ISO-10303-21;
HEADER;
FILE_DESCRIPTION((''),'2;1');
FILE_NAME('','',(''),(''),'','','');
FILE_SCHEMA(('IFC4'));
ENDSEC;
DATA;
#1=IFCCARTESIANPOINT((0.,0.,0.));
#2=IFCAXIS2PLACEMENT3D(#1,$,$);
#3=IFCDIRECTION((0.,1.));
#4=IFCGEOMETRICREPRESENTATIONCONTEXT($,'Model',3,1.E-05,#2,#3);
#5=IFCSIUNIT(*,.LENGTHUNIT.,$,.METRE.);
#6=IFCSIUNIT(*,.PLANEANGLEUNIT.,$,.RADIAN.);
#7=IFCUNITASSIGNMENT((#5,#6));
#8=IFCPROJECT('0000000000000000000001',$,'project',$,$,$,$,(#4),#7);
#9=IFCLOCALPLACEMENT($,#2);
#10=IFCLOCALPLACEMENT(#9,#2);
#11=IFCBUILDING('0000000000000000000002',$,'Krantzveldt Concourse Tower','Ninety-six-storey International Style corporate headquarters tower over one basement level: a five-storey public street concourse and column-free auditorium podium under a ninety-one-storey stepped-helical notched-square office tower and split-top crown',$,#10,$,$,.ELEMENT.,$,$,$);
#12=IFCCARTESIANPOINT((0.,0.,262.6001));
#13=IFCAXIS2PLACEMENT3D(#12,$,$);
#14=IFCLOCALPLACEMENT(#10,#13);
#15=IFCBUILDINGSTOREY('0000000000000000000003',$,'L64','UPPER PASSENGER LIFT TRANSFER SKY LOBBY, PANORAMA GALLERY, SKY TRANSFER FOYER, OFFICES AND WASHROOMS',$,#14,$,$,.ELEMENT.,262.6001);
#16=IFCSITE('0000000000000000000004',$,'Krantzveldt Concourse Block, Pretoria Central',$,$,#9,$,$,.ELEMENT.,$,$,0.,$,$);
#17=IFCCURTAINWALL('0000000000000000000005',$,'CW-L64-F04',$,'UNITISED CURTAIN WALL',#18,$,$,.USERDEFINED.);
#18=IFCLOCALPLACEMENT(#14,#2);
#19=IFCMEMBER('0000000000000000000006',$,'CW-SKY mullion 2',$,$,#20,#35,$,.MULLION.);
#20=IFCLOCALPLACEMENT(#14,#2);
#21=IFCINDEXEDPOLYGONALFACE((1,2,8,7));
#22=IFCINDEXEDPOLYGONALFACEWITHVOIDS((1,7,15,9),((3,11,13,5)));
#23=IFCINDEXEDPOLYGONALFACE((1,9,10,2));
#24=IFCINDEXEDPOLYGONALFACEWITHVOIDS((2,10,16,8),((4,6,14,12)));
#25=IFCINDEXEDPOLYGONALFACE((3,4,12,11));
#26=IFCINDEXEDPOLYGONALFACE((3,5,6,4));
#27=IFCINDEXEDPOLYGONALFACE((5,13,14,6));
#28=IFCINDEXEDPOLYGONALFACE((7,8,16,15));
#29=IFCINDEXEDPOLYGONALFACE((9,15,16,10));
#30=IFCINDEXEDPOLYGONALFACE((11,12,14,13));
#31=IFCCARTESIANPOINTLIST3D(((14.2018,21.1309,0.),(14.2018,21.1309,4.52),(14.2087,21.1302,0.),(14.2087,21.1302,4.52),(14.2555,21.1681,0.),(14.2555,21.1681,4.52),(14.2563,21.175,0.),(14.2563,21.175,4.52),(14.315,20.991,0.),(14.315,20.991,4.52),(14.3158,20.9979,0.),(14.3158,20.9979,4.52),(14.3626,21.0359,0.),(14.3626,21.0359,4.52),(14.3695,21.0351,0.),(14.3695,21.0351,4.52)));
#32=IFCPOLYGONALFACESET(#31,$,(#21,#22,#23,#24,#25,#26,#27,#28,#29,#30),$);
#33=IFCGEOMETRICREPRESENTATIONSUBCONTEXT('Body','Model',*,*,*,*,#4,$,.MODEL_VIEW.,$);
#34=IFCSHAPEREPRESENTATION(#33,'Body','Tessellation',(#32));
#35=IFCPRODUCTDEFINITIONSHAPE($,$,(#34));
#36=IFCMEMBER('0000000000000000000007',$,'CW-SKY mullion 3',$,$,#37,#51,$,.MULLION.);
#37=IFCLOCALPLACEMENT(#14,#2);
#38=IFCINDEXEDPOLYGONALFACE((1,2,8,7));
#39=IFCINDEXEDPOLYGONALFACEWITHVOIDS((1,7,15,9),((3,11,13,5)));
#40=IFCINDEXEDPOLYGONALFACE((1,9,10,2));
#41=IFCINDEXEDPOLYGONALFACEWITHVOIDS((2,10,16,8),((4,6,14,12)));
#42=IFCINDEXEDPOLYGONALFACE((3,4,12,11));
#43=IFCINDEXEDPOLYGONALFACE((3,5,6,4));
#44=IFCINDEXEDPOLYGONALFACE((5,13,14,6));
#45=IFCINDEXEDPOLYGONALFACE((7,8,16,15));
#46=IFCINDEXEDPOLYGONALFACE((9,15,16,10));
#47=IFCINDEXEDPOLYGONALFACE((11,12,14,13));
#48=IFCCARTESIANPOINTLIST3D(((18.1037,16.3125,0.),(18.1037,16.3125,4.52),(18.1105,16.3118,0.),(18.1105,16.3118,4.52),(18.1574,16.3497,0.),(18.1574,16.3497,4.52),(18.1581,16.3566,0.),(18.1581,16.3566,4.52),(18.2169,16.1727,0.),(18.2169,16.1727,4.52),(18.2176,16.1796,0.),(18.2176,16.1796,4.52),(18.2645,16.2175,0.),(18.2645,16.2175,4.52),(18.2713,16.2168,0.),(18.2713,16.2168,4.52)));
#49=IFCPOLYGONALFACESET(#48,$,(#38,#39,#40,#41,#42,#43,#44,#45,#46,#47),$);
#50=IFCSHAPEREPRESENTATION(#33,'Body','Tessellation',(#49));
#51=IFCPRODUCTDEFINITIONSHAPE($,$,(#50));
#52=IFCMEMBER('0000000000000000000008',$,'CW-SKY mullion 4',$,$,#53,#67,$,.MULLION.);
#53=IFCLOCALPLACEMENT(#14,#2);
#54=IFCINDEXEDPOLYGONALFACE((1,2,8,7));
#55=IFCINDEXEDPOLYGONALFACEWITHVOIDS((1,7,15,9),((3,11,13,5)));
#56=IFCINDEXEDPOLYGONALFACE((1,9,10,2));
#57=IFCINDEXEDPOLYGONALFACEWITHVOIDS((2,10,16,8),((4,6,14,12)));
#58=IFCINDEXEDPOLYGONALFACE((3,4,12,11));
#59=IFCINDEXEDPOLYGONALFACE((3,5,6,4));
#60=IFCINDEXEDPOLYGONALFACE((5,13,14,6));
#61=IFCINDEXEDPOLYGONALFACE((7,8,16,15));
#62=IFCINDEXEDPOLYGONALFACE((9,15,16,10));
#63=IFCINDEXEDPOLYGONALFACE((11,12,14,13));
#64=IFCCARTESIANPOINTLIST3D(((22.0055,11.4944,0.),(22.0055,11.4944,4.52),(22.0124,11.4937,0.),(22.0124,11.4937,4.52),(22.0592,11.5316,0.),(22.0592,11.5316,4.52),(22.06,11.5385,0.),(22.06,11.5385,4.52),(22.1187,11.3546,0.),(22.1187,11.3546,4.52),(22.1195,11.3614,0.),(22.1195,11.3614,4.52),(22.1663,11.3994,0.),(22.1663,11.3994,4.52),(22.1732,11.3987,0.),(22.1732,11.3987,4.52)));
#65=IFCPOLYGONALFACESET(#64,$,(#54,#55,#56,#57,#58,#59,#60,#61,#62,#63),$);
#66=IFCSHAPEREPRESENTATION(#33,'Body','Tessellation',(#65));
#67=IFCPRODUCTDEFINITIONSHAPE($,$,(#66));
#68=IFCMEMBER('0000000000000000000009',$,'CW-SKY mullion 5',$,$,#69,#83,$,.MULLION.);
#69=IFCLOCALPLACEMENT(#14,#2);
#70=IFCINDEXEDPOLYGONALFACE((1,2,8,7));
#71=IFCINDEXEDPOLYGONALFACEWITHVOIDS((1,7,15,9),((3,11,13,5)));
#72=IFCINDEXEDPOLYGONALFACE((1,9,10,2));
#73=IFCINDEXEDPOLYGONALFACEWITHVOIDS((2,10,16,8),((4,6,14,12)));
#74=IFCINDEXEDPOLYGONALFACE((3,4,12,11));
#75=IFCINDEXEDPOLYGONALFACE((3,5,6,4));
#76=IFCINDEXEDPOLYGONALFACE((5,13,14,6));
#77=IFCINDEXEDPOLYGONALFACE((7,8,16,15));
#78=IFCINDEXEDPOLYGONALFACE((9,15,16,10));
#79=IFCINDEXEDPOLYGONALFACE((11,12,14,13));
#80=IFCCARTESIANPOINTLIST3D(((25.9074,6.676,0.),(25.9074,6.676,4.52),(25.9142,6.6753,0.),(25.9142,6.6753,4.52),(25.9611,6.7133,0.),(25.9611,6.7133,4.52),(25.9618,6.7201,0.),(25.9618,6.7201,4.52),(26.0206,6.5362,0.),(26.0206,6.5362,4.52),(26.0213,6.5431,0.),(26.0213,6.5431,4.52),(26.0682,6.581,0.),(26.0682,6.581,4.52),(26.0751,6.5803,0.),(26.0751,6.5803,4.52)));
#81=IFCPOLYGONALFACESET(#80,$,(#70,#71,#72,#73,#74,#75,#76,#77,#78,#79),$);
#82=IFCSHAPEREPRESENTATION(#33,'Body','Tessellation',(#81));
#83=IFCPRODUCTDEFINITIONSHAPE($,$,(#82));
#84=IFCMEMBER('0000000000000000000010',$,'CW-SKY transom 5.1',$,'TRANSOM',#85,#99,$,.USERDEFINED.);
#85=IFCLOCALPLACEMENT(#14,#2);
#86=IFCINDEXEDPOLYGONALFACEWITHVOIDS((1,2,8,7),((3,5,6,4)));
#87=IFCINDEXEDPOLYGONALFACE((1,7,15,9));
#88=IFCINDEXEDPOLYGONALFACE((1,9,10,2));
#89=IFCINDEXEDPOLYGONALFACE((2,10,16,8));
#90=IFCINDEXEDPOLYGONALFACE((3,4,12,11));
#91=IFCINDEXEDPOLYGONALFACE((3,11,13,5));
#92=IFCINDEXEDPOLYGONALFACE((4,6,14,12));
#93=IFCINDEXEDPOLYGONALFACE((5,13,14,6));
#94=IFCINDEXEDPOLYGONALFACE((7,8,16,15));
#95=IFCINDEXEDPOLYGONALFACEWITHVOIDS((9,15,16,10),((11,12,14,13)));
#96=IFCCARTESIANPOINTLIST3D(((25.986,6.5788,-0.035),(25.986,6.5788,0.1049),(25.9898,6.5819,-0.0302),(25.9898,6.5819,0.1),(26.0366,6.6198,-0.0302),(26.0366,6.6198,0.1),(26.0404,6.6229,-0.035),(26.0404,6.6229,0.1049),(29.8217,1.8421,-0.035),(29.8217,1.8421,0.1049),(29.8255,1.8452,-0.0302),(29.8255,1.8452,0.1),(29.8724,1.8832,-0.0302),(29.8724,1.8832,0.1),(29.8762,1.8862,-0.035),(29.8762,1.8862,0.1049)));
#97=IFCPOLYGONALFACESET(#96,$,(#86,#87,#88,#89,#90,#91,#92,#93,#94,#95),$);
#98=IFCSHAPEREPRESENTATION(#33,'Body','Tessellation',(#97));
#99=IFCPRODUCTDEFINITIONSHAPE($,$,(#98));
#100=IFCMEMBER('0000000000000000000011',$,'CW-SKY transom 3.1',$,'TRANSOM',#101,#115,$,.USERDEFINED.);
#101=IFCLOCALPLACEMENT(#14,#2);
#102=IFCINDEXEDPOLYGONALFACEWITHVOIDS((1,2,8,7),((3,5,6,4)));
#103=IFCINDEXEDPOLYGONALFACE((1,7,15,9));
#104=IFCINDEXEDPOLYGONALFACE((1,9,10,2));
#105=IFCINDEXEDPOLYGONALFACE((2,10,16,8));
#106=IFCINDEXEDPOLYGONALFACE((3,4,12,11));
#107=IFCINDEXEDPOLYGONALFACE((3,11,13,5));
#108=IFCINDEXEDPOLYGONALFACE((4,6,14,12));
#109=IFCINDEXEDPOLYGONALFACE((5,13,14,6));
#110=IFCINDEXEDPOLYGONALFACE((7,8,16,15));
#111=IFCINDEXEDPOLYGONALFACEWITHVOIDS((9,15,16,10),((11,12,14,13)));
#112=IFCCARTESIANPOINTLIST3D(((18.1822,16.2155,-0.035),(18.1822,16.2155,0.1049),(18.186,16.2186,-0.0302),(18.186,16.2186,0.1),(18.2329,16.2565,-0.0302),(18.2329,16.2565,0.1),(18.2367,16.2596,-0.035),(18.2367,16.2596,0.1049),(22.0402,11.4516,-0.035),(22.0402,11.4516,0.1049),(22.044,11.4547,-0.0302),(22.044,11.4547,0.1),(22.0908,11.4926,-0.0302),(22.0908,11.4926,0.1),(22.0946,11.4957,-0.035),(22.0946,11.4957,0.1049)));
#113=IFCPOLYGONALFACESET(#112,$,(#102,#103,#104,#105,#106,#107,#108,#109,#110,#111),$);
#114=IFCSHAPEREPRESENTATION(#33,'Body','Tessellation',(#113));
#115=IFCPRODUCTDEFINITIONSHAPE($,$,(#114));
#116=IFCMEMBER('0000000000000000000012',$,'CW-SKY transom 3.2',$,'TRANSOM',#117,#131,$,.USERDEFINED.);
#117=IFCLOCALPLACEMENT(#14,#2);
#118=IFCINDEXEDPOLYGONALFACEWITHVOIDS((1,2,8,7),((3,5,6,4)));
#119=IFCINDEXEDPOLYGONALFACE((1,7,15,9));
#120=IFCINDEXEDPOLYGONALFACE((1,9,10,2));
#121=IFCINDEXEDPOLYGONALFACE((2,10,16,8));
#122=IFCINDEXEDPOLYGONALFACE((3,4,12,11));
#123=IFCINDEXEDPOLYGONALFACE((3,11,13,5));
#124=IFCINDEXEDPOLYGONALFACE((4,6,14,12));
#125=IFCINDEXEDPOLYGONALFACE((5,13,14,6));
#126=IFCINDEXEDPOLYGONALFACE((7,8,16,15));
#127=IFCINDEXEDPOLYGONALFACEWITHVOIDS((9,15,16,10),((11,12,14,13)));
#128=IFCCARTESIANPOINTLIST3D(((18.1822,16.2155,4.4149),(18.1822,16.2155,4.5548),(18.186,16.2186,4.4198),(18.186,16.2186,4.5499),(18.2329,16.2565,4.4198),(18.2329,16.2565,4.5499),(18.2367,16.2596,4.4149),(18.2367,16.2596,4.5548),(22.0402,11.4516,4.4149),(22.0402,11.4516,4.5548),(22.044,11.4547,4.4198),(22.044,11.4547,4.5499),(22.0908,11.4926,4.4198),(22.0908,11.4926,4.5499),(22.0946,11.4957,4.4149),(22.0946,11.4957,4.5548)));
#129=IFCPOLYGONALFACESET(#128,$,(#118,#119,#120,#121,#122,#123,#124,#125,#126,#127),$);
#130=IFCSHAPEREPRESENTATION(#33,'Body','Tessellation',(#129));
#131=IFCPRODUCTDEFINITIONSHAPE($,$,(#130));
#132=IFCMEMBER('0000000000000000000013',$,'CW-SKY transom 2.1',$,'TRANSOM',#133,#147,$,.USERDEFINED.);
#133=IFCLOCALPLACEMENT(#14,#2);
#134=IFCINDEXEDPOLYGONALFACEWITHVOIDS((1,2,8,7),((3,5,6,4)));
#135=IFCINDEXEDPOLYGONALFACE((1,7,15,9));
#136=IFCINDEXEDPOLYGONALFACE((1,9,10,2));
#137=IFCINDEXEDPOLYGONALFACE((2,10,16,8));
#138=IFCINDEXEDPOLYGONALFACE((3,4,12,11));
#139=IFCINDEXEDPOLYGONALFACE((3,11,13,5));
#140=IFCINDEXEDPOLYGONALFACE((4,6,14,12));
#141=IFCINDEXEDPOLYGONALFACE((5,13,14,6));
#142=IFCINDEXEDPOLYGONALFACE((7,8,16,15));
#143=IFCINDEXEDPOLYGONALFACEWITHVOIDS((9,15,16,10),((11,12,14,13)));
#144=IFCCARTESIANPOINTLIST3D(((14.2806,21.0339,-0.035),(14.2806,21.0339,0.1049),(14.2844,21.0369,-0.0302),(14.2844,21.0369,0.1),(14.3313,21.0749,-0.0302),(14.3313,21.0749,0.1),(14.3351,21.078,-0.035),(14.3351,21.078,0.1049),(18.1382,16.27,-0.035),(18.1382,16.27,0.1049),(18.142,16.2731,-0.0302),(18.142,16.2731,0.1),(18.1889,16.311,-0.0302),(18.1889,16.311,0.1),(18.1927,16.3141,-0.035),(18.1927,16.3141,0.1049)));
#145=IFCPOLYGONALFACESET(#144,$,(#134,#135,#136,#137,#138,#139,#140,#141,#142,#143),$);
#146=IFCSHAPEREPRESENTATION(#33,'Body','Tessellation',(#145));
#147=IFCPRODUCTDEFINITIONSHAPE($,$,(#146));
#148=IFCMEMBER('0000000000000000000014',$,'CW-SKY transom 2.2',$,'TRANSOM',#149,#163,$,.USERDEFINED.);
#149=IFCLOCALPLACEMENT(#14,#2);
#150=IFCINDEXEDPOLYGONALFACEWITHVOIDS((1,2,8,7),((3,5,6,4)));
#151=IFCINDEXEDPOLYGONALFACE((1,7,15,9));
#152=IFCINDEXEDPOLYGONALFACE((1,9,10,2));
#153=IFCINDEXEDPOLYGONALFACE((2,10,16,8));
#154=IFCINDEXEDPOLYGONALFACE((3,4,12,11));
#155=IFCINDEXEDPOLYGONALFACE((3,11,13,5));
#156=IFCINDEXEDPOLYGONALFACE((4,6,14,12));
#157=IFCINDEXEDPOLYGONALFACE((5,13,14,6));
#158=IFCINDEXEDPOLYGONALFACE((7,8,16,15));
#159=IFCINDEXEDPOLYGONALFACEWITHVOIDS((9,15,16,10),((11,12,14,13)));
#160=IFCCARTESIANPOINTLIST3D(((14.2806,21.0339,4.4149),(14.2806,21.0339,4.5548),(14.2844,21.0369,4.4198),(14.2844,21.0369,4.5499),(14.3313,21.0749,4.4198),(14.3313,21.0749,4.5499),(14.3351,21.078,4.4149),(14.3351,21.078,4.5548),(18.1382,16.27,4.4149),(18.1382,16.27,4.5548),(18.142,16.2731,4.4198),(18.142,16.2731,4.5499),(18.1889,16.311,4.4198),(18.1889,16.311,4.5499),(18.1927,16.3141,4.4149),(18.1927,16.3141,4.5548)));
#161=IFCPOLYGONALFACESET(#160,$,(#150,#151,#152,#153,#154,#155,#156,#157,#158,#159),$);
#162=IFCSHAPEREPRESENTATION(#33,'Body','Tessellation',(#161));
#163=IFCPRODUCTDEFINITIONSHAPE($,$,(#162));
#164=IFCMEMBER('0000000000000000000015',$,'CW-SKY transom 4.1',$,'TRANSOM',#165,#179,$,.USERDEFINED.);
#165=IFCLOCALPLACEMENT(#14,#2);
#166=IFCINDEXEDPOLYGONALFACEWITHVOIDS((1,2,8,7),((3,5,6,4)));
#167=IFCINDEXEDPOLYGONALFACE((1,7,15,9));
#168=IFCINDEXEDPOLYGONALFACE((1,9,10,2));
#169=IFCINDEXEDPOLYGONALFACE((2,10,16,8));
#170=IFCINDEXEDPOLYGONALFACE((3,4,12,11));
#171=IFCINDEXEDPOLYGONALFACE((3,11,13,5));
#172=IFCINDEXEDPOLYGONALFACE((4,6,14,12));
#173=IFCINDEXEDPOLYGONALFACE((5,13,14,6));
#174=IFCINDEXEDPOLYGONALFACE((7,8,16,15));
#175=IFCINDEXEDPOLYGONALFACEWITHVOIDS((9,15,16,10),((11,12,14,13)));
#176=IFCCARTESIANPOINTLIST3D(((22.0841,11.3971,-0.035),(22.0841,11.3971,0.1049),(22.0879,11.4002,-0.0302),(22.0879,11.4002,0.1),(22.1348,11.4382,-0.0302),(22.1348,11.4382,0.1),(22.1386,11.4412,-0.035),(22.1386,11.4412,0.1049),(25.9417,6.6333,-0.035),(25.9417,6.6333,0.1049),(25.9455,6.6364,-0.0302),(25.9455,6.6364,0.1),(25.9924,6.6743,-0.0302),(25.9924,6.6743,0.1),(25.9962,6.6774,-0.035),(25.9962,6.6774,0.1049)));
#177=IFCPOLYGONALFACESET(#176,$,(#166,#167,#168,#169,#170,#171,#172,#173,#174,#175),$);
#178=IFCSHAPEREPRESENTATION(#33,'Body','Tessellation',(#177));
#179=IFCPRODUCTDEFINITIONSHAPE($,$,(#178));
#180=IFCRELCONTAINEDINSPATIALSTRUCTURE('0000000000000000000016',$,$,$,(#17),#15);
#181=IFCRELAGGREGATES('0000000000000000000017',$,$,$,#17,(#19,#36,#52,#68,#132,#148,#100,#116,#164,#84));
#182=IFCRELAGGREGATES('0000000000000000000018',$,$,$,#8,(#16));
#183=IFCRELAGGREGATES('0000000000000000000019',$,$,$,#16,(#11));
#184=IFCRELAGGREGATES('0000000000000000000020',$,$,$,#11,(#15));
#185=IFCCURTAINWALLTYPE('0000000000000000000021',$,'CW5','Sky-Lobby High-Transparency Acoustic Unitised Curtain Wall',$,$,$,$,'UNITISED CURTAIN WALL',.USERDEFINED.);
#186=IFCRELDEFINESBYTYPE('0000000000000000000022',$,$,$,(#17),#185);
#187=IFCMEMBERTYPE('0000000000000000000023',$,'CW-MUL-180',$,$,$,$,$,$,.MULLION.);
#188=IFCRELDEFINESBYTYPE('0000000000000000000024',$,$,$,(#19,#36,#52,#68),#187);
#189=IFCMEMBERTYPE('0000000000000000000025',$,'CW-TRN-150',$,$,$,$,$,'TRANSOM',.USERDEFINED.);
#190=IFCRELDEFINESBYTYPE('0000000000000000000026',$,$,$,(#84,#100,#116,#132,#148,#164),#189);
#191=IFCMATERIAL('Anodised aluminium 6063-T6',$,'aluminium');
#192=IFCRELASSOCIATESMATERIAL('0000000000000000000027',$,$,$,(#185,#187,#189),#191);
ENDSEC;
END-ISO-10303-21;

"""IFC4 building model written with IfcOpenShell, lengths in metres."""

from ifc_helpers import new_model, si_unit, direction, frame, origin, origin_2d, place, context, subcontext, project, spatial, hollow_rectangle, extrude, source, transform, mapped, material, material_profile, profile_set, type_object, type_shapes, element, aggregate, save


model = new_model("IFC4")

# Units and contexts
model_context = context("Model", 3, precision=1e-05, world=origin(), true_north=direction((0.0, 1.0)))
body_context = subcontext(model_context, "Body", "Model", "MODEL_VIEW")
ifc_project = project(units=[si_unit("LENGTHUNIT", "METRE"), si_unit("PLANEANGLEUNIT", "RADIAN")], contexts=[model_context])

# Site, building, storey
site_placement = place(None, origin())
site = spatial("IfcSite", under=ifc_project, at=site_placement, Name="Krantzveldt Concourse Block, Pretoria Central", CompositionType="ELEMENT", RefElevation=0.0)
building_placement = place(site_placement, origin())
building = spatial("IfcBuilding", under=site, at=building_placement, Name="Krantzveldt Concourse Tower", Description="Ninety-six-storey International Style corporate headquarters tower over one basement level: a five-storey public street concourse and column-free auditorium podium under a ninety-one-storey stepped-helical notched-square office tower and split-top crown", CompositionType="ELEMENT")
storey_placement = place(building_placement, frame((0.0, 0.0, 262.6001)))
storey = spatial("IfcBuildingStorey", under=building, at=storey_placement, Name="L64", Description="UPPER PASSENGER LIFT TRANSFER SKY LOBBY, PANORAMA GALLERY, SKY TRANSFER FOYER, OFFICES AND WASHROOMS", CompositionType="ELEMENT", Elevation=262.6001)

# Curtain wall, members
ifc_material_1 = material(Name="Anodised aluminium 6063-T6", Category="aluminium")
curtain_wall_type = type_object("IfcCurtainWallType", Name="CW5", Description="Sky-Lobby High-Transparency Acoustic Unitised Curtain Wall", ElementType="UNITISED CURTAIN WALL", PredefinedType="USERDEFINED", material=ifc_material_1)
curtain_wall_placement = place(storey_placement, origin())
curtain_wall = element("IfcCurtainWall", 1, at=curtain_wall_placement, inside=storey, type_object=curtain_wall_type, Name="CW-L64-F04", ObjectType="UNITISED CURTAIN WALL", PredefinedType="USERDEFINED")
ifc_material_profile_1 = material_profile(ifc_material_1, hollow_rectangle(XDim=0.0701, YDim=0.1799, WallThickness=0.0049, at=origin_2d()), Name="Anodised aluminium 6063-T6", Category="aluminium")
ifc_profile_set_1 = profile_set([ifc_material_profile_1], Name="Anodised aluminium 6063-T6 - ALU-MULL 180x70x5")
member_type_1 = type_object("IfcMemberType", Name="CW-MUL-180", PredefinedType="MULLION", material=ifc_profile_set_1)
shared_shape_1 = source(origin(), body_context, "Body", "SweptSolid", [
    extrude(hollow_rectangle(XDim=0.0701, YDim=0.1799, WallThickness=0.0049, at=origin_2d()), origin(), (0.0, 0.0, 1.0), 4.52),
])
type_shapes(member_type_1, [shared_shape_1])
member_1_placement = place(storey_placement, frame((14.2856, 21.083, 0.0), z_axis=(0.0, 0.0, 1.0), x_axis=(0.777146, 0.62932, 0.0)))
member_1 = element("IfcMember", 2, at=member_1_placement, type_object=member_type_1, Name="CW-SKY mullion 2", PredefinedType="MULLION", context=body_context, shape_type="MappedRepresentation", body=[
    mapped(shared_shape_1, transform((0.0, 0.0, 0.0), x_axis=(1.0, 0.0, 0.0), y_axis=(0.0, 1.0, 0.0), z_axis=(0.0, 0.0, 1.0), scale=1.0)),
])
member_2_placement = place(storey_placement, frame((18.1875, 16.2646, 0.0), z_axis=(0.0, 0.0, 1.0), x_axis=(0.777146, 0.62932, 0.0)))
member_2 = element("IfcMember", 3, at=member_2_placement, type_object=member_type_1, Name="CW-SKY mullion 3", PredefinedType="MULLION", context=body_context, shape_type="MappedRepresentation", body=[
    mapped(shared_shape_1, transform((0.0, 0.0, 0.0), x_axis=(1.0, 0.0, 0.0), y_axis=(0.0, 1.0, 0.0), z_axis=(0.0, 0.0, 1.0), scale=1.0)),
])
member_3_placement = place(storey_placement, frame((22.0894, 11.4465, 0.0), z_axis=(0.0, 0.0, 1.0), x_axis=(0.777146, 0.62932, 0.0)))
member_3 = element("IfcMember", 4, at=member_3_placement, type_object=member_type_1, Name="CW-SKY mullion 4", PredefinedType="MULLION", context=body_context, shape_type="MappedRepresentation", body=[
    mapped(shared_shape_1, transform((0.0, 0.0, 0.0), x_axis=(1.0, 0.0, 0.0), y_axis=(0.0, 1.0, 0.0), z_axis=(0.0, 0.0, 1.0), scale=1.0)),
])
member_4_placement = place(storey_placement, frame((25.9912, 6.6282, 0.0), z_axis=(0.0, 0.0, 1.0), x_axis=(0.777146, 0.62932, 0.0)))
member_4 = element("IfcMember", 5, at=member_4_placement, type_object=member_type_1, Name="CW-SKY mullion 5", PredefinedType="MULLION", context=body_context, shape_type="MappedRepresentation", body=[
    mapped(shared_shape_1, transform((0.0, 0.0, 0.0), x_axis=(1.0, 0.0, 0.0), y_axis=(0.0, 1.0, 0.0), z_axis=(0.0, 0.0, 1.0), scale=1.0)),
])
ifc_material_profile_2 = material_profile(ifc_material_1, hollow_rectangle(XDim=0.0701, YDim=0.1399, WallThickness=0.0049, at=origin_2d()), Name="Anodised aluminium 6063-T6", Category="aluminium")
ifc_profile_set_2 = profile_set([ifc_material_profile_2], Name="Anodised aluminium 6063-T6 - ALU-TRAN 140x70x5")
member_type_2 = type_object("IfcMemberType", Name="CW-TRN-150", ElementType="TRANSOM", PredefinedType="USERDEFINED", material=ifc_profile_set_2)
shared_shape_2 = source(origin(), body_context, "Body", "SweptSolid", [
    extrude(hollow_rectangle(XDim=0.0701, YDim=0.1399, WallThickness=0.0049, at=origin_2d()), origin(), (0.0, 0.0, 1.0), 6.095),
])
member_5_placement = place(storey_placement, frame((26.0132, 6.6008, 0.0349), z_axis=(0.62933, -0.777139, 0.0), x_axis=(0.777139, 0.62933, 0.0)))
member_5 = element("IfcMember", 6, at=member_5_placement, type_object=member_type_2, Name="CW-SKY transom 5.1", ObjectType="TRANSOM", PredefinedType="USERDEFINED", context=body_context, shape_type="MappedRepresentation", body=[
    mapped(shared_shape_2, transform((0.0, 0.0, 0.0), x_axis=(1.0, 0.0, 0.0), y_axis=(0.0, 1.0, 0.0), z_axis=(0.0, 0.0, 1.0), scale=1.0)),
])
shared_shape_3 = source(origin(), body_context, "Body", "SweptSolid", [
    extrude(hollow_rectangle(XDim=0.0701, YDim=0.1399, WallThickness=0.0049, at=origin_2d()), origin(), (0.0, 0.0, 1.0), 6.1301),
])
member_6_placement = place(storey_placement, frame((18.2095, 16.2375, 0.0349), z_axis=(0.629337, -0.777133, 0.0), x_axis=(0.777133, 0.629337, 0.0)))
member_6 = element("IfcMember", 7, at=member_6_placement, type_object=member_type_2, Name="CW-SKY transom 3.1", ObjectType="TRANSOM", PredefinedType="USERDEFINED", context=body_context, shape_type="MappedRepresentation", body=[
    mapped(shared_shape_3, transform((0.0, 0.0, 0.0), x_axis=(1.0, 0.0, 0.0), y_axis=(0.0, 1.0, 0.0), z_axis=(0.0, 0.0, 1.0), scale=1.0)),
])
member_7_placement = place(storey_placement, frame((18.2095, 16.2375, 4.4849), z_axis=(0.629337, -0.777133, 0.0), x_axis=(0.777133, 0.629337, 0.0)))
member_7 = element("IfcMember", 8, at=member_7_placement, type_object=member_type_2, Name="CW-SKY transom 3.2", ObjectType="TRANSOM", PredefinedType="USERDEFINED", context=body_context, shape_type="MappedRepresentation", body=[
    mapped(shared_shape_3, transform((0.0, 0.0, 0.0), x_axis=(1.0, 0.0, 0.0), y_axis=(0.0, 1.0, 0.0), z_axis=(0.0, 0.0, 1.0), scale=1.0)),
])
shared_shape_4 = source(origin(), body_context, "Body", "SweptSolid", [
    extrude(hollow_rectangle(XDim=0.0701, YDim=0.1399, WallThickness=0.0049, at=origin_2d()), origin(), (0.0, 0.0, 1.0), 6.1299),
])
type_shapes(member_type_2, [shared_shape_2, shared_shape_3, shared_shape_4])
member_8_placement = place(storey_placement, frame((14.3079, 21.0559, 0.0349), z_axis=(0.629313, -0.777152, 0.0), x_axis=(0.777152, 0.629313, 0.0)))
member_8 = element("IfcMember", 9, at=member_8_placement, type_object=member_type_2, Name="CW-SKY transom 2.1", ObjectType="TRANSOM", PredefinedType="USERDEFINED", context=body_context, shape_type="MappedRepresentation", body=[
    mapped(shared_shape_4, transform((0.0, 0.0, 0.0), x_axis=(1.0, 0.0, 0.0), y_axis=(0.0, 1.0, 0.0), z_axis=(0.0, 0.0, 1.0), scale=1.0)),
])
member_9_placement = place(storey_placement, frame((14.3079, 21.0559, 4.4849), z_axis=(0.629313, -0.777152, 0.0), x_axis=(0.777152, 0.629313, 0.0)))
member_9 = element("IfcMember", 10, at=member_9_placement, type_object=member_type_2, Name="CW-SKY transom 2.2", ObjectType="TRANSOM", PredefinedType="USERDEFINED", context=body_context, shape_type="MappedRepresentation", body=[
    mapped(shared_shape_4, transform((0.0, 0.0, 0.0), x_axis=(1.0, 0.0, 0.0), y_axis=(0.0, 1.0, 0.0), z_axis=(0.0, 0.0, 1.0), scale=1.0)),
])
member_10_placement = place(storey_placement, frame((22.1113, 11.4192, 0.0349), z_axis=(0.629313, -0.777152, 0.0), x_axis=(0.777152, 0.629313, 0.0)))
member_10 = element("IfcMember", 11, at=member_10_placement, type_object=member_type_2, Name="CW-SKY transom 4.1", ObjectType="TRANSOM", PredefinedType="USERDEFINED", context=body_context, shape_type="MappedRepresentation", body=[
    mapped(shared_shape_4, transform((0.0, 0.0, 0.0), x_axis=(1.0, 0.0, 0.0), y_axis=(0.0, 1.0, 0.0), z_axis=(0.0, 0.0, 1.0), scale=1.0)),
])

aggregate(curtain_wall, [member_1, member_2, member_3, member_4, member_8, member_9, member_6, member_7, member_10, member_5])

save(model, "model.ifc")
